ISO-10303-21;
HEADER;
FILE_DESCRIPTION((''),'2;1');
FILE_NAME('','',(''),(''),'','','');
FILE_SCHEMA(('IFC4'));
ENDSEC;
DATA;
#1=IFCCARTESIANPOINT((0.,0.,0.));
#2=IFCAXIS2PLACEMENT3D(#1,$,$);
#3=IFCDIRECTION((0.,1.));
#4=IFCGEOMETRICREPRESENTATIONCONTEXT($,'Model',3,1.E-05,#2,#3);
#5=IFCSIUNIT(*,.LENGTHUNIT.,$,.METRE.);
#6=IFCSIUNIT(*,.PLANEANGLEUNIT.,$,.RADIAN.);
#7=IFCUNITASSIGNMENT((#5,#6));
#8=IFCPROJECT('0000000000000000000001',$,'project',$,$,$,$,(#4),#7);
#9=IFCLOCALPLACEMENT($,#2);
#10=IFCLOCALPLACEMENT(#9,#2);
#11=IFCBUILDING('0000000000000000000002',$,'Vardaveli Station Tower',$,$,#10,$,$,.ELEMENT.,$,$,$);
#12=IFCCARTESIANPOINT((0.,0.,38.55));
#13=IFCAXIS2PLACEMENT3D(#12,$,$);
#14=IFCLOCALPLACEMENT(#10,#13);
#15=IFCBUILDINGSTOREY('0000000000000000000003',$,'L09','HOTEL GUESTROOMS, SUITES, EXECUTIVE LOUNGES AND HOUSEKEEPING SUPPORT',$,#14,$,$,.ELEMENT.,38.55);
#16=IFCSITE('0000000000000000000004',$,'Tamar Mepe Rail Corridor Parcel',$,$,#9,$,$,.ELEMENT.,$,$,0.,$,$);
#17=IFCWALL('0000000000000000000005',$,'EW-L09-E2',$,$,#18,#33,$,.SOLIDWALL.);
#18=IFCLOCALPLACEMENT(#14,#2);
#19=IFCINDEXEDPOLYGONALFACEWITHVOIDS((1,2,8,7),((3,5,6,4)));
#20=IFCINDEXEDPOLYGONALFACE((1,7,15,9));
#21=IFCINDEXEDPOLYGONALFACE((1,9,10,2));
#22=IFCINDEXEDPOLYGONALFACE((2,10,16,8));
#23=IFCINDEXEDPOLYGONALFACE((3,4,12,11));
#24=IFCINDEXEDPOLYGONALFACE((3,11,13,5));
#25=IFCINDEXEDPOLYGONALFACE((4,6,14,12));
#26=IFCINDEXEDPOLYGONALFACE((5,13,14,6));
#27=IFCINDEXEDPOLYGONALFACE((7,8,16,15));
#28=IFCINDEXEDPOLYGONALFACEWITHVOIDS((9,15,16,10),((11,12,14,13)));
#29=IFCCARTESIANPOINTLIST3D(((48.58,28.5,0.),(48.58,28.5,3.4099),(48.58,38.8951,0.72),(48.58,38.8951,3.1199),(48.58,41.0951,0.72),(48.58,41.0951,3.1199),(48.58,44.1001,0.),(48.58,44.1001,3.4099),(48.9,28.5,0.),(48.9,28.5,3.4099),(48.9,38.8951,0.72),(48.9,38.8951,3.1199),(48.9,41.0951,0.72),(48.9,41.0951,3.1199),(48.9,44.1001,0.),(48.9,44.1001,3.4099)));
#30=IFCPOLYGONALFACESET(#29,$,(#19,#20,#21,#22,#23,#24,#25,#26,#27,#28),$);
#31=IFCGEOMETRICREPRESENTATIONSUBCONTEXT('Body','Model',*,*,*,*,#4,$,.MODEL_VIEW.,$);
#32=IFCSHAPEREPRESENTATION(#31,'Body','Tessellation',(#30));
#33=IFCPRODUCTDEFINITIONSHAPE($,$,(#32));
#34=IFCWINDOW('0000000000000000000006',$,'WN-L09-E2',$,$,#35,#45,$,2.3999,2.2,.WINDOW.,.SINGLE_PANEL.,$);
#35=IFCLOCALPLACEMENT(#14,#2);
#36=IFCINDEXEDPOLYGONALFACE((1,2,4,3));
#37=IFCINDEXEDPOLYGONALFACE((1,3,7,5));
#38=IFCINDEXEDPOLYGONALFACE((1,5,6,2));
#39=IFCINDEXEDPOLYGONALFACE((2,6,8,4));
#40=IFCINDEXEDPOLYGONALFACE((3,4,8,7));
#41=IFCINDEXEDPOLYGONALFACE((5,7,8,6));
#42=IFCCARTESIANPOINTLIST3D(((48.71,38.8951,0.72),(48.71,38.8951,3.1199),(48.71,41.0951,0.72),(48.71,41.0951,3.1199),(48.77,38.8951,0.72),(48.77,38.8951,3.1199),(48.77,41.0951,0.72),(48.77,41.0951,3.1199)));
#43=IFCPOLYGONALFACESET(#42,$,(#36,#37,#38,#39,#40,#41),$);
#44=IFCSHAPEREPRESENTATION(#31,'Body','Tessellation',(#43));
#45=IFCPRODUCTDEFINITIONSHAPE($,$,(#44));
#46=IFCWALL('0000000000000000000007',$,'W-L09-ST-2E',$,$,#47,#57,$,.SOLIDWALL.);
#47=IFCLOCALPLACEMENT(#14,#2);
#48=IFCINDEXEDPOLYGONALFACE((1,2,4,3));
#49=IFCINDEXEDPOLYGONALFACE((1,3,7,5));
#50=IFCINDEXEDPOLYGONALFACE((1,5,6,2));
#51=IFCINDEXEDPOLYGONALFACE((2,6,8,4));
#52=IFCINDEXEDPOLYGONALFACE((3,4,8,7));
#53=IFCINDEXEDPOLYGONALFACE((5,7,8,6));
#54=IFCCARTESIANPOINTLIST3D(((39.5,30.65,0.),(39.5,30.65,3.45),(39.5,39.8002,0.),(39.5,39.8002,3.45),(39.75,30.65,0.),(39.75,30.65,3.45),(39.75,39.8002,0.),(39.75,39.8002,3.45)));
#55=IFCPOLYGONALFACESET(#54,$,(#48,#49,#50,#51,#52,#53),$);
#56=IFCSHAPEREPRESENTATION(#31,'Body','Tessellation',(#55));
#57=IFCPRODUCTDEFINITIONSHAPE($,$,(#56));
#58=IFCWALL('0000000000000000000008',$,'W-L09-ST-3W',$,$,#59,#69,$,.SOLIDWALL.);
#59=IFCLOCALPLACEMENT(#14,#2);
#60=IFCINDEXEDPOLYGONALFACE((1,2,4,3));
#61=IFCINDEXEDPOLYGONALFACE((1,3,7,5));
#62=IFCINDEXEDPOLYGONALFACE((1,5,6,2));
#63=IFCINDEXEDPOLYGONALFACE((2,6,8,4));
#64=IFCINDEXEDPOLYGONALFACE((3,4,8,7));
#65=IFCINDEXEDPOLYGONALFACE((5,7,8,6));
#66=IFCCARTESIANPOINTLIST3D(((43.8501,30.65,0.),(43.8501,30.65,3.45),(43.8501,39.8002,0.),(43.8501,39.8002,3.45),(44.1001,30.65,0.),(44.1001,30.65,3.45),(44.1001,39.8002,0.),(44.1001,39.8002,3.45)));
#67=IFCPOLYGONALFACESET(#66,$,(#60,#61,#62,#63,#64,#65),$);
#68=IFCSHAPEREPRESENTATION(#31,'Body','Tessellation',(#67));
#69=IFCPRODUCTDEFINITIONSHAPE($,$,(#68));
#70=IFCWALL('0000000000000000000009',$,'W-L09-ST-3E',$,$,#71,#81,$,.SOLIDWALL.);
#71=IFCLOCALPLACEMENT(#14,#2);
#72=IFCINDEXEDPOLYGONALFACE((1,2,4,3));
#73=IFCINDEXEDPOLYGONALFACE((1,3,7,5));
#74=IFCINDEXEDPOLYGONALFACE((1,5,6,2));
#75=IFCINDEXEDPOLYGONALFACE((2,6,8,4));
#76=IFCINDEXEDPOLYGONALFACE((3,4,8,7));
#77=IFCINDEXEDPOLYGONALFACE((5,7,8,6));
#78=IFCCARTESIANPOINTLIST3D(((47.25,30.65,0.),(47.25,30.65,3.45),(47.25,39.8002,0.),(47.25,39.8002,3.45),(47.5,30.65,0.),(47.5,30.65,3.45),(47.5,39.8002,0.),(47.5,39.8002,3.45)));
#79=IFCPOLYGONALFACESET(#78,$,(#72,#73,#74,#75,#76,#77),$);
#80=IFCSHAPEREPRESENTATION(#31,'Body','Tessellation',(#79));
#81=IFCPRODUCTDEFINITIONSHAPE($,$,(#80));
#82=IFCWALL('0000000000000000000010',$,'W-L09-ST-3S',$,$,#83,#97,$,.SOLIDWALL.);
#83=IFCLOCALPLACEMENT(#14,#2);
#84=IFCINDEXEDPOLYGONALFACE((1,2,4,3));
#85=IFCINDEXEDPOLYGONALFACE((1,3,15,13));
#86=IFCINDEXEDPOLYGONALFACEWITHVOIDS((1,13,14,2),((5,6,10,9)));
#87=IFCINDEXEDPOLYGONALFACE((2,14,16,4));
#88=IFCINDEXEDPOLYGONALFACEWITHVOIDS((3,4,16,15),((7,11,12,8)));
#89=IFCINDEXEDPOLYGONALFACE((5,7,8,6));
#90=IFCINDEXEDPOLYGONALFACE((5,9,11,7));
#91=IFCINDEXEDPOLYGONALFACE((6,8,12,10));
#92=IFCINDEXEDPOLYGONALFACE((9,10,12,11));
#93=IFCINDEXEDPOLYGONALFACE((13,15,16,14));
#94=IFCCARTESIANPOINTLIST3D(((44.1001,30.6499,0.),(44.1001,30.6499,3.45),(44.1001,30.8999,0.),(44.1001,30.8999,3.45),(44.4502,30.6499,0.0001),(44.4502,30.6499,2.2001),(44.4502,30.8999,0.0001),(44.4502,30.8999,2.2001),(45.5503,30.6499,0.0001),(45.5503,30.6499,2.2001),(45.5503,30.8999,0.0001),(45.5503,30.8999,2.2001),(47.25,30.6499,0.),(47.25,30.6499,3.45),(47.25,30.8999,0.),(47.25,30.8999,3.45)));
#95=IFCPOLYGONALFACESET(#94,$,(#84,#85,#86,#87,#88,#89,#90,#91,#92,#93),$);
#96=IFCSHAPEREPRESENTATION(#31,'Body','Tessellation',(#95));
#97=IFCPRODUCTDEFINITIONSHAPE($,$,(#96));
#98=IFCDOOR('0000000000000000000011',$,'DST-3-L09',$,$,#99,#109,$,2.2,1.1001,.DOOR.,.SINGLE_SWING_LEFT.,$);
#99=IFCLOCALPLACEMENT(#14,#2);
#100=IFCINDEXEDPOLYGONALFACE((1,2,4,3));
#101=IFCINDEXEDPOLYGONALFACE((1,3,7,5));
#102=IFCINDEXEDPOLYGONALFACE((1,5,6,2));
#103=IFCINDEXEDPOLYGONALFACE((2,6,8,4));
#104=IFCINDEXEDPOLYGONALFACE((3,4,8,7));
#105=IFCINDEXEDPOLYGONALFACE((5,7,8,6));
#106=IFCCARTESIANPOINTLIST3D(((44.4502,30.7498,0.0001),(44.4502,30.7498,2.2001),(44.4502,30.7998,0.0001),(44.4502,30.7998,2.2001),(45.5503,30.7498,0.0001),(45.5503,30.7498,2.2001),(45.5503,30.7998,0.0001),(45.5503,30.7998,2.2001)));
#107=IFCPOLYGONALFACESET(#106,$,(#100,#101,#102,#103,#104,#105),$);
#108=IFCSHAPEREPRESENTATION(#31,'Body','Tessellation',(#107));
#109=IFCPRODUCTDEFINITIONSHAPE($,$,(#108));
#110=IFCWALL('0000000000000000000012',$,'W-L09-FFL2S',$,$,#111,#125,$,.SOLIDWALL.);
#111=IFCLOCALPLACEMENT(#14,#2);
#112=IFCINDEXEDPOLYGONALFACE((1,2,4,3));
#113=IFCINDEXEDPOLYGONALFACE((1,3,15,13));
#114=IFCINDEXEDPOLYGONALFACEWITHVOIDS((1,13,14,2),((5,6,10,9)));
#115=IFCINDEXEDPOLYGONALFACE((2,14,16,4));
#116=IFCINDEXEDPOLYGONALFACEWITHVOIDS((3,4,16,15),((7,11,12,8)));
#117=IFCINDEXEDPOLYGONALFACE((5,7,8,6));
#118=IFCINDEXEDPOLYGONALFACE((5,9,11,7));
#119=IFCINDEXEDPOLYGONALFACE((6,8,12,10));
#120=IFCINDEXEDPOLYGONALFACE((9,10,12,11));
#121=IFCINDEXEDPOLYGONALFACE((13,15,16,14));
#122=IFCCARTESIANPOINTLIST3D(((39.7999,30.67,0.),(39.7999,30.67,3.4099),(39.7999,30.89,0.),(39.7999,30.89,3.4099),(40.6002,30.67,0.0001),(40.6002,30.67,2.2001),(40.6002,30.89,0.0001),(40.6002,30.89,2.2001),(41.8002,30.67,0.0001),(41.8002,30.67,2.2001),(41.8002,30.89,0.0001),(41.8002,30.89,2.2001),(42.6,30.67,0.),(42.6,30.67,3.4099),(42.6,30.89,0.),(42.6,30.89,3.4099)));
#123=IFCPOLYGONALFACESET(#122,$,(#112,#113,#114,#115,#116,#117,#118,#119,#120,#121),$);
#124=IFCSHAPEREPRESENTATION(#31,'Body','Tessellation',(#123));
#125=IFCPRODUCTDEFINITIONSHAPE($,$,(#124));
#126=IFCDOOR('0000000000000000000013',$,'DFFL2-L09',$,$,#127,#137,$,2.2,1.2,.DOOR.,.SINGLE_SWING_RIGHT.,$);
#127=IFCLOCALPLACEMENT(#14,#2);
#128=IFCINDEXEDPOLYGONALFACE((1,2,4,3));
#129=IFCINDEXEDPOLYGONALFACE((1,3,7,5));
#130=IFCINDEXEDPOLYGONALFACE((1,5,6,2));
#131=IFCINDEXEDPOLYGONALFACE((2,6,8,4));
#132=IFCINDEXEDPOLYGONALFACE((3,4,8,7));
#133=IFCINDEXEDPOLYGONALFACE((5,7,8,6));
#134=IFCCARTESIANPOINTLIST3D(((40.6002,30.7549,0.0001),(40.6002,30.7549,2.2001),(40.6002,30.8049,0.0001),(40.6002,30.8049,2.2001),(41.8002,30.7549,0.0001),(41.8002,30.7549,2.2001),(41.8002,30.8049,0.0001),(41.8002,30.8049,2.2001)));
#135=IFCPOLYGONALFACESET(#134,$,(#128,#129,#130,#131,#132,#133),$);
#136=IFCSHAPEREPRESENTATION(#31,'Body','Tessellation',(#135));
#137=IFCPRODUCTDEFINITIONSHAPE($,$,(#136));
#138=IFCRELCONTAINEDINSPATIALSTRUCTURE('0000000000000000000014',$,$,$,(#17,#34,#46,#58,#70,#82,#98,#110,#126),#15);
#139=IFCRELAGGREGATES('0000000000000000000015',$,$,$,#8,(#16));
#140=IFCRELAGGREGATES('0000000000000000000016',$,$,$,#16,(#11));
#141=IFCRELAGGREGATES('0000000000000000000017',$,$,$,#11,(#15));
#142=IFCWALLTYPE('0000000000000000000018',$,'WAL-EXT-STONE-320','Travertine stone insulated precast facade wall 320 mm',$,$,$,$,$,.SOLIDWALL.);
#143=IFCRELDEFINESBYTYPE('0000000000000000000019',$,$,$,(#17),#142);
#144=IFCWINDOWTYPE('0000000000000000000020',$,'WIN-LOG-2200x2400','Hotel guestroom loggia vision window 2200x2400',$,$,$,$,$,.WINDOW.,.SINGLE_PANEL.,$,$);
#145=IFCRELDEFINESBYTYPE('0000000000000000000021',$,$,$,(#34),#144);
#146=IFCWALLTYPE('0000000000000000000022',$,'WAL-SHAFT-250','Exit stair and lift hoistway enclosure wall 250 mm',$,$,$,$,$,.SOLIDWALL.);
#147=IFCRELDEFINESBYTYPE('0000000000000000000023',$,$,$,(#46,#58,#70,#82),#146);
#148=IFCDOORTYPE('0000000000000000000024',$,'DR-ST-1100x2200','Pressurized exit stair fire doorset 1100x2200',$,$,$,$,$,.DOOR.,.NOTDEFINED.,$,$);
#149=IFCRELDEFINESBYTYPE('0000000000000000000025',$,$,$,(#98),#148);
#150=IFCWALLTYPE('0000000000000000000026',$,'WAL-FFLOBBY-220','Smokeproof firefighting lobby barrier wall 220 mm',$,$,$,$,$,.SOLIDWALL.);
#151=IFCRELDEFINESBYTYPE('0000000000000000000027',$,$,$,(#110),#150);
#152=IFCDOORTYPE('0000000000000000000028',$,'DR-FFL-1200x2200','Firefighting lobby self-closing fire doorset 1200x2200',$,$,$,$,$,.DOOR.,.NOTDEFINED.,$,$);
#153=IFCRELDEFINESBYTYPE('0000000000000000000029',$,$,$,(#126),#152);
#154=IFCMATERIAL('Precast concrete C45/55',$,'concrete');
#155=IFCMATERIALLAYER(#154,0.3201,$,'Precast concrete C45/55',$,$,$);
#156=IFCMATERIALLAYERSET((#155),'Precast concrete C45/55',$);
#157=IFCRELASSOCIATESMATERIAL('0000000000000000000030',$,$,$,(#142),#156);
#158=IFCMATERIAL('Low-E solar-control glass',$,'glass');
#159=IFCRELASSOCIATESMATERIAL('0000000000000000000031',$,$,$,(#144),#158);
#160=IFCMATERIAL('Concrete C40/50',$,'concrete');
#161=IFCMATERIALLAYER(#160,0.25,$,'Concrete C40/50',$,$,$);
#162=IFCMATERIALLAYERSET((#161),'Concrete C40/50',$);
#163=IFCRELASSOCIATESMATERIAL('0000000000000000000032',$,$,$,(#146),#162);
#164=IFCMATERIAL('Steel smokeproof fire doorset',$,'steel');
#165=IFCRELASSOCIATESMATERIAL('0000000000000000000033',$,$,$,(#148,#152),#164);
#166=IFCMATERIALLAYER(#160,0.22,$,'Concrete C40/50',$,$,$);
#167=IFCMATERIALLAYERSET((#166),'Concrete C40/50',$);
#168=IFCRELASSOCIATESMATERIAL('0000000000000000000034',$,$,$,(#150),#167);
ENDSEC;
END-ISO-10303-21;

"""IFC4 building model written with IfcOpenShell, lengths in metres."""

from ifc_helpers import new_model, si_unit, direction, frame, frame_2d, origin, place, context, subcontext, project, spatial, rectangle, extrude, source, transform, mapped, material, layer, layer_set, type_object, element, fill, save


model = new_model("IFC4")

# Units and contexts
model_context = context("Model", 3, precision=1e-05, world=origin(), true_north=direction((0.0, 1.0)))
body_context = subcontext(model_context, "Body", "Model", "MODEL_VIEW")
ifc_project = project(units=[si_unit("LENGTHUNIT", "METRE"), si_unit("PLANEANGLEUNIT", "RADIAN")], contexts=[model_context])

# Site, building, storey
site_placement = place(None, origin())
site = spatial("IfcSite", under=ifc_project, at=site_placement, Name="Tamar Mepe Rail Corridor Parcel", CompositionType="ELEMENT", RefElevation=0.0)
building_placement = place(site_placement, origin())
building = spatial("IfcBuilding", under=site, at=building_placement, Name="Vardaveli Station Tower", CompositionType="ELEMENT")
storey_placement = place(building_placement, frame((0.0, 0.0, 38.55)))
storey = spatial("IfcBuildingStorey", under=building, at=storey_placement, Name="L09", Description="HOTEL GUESTROOMS, SUITES, EXECUTIVE LOUNGES AND HOUSEKEEPING SUPPORT", CompositionType="ELEMENT", Elevation=38.55)

# Shared definitions
ifc_material_1 = material(Name="Precast concrete C45/55", Category="concrete")

# Wall, opening, window
ifc_layer_1 = layer(ifc_material_1, 0.3201, Name="Precast concrete C45/55")
ifc_layer_set_1 = layer_set([ifc_layer_1], Name="Precast concrete C45/55")
wall_type_1 = type_object("IfcWallType", Name="WAL-EXT-STONE-320", Description="Travertine stone insulated precast facade wall 320 mm", PredefinedType="SOLIDWALL", material=ifc_layer_set_1)
shared_shape_1 = source(origin(), body_context, "Body", "SweptSolid", [
    extrude(rectangle(XDim=15.6001, YDim=0.3201, at=frame_2d((7.8, 0.0))), origin(), (0.0, 0.0, 1.0), 3.4099),
])
wall_1_placement = place(storey_placement, frame((48.74, 28.5, 0.0), z_axis=(0.0, 0.0, 1.0), x_axis=(0.0, 1.0, 0.0)))
wall_1 = element("IfcWall", 1, at=wall_1_placement, inside=storey, type_object=wall_type_1, Name="EW-L09-E2", PredefinedType="SOLIDWALL", context=body_context, shape_type="MappedRepresentation", body=[
    mapped(shared_shape_1, transform((0.0, 0.0, 0.0), scale=1.0)),
])
shared_shape_2 = source(origin(), body_context, "Body", "SweptSolid", [
    extrude(rectangle(XDim=2.2, YDim=2.3999, at=frame_2d((1.1001, 1.2))), frame((0.0, 0.1699, 0.0), z_axis=(0.0, -1.0, 0.0), x_axis=(1.0, 0.0, 0.0)), (0.0, 0.0, 1.0), 0.3401),
])
opening_1_placement = place(wall_1_placement, frame((10.395, 0.0, 0.72)))
opening_1 = element("IfcOpeningElement", 2, at=opening_1_placement, cuts=wall_1, PredefinedType="OPENING", context=body_context, shape_type="MappedRepresentation", body=[
    mapped(shared_shape_2, transform((0.0, 0.0, 0.0), scale=1.0)),
])
ifc_material_2 = material(Name="Low-E solar-control glass", Category="glass")
window_type = type_object("IfcWindowType", Name="WIN-LOG-2200x2400", Description="Hotel guestroom loggia vision window 2200x2400", PartitioningType="SINGLE_PANEL", PredefinedType="WINDOW", material=ifc_material_2)
shared_shape_3 = source(origin(), body_context, "Body", "SweptSolid", [
    extrude(rectangle(XDim=2.2, YDim=2.3999, at=frame_2d((1.1001, 1.2))), frame((0.0, 0.03, 0.0), z_axis=(0.0, -1.0, 0.0), x_axis=(1.0, 0.0, 0.0)), (0.0, 0.0, 1.0), 0.0601),
])
window_placement = place(opening_1_placement, origin())
window = element("IfcWindow", 3, at=window_placement, inside=storey, type_object=window_type, Name="WN-L09-E2", OverallHeight=2.3999, OverallWidth=2.2, PartitioningType="SINGLE_PANEL", PredefinedType="WINDOW", context=body_context, shape_type="MappedRepresentation", body=[
    mapped(shared_shape_3, transform((0.0, 0.0, 0.0), scale=1.0)),
])
fill(opening_1, window)

# Walls
ifc_material_3 = material(Name="Concrete C40/50", Category="concrete")
ifc_layer_2 = layer(ifc_material_3, 0.25, Name="Concrete C40/50")
ifc_layer_set_2 = layer_set([ifc_layer_2], Name="Concrete C40/50")
wall_type_2 = type_object("IfcWallType", Name="WAL-SHAFT-250", Description="Exit stair and lift hoistway enclosure wall 250 mm", PredefinedType="SOLIDWALL", material=ifc_layer_set_2)
shared_shape_4 = source(origin(), body_context, "Body", "SweptSolid", [
    extrude(rectangle(XDim=9.1501, YDim=0.25, at=frame_2d((4.5752, 0.0))), origin(), (0.0, 0.0, 1.0), 3.45),
])
for number, where, z_axis, x_axis, name in (
    (4, (39.625, 30.6499, 0.0), (0.0, 0.0, 1.0), (0.0, 1.0, 0.0), "W-L09-ST-2E"),
    (5, (43.9751, 30.6499, 0.0), (0.0, 0.0, 1.0), (0.0, 1.0, 0.0), "W-L09-ST-3W"),
    (6, (47.375, 30.6499, 0.0), (0.0, 0.0, 1.0), (0.0, 1.0, 0.0), "W-L09-ST-3E"),
):
    element("IfcWall", number, at=place(storey_placement, frame(where, z_axis=z_axis, x_axis=x_axis)), inside=storey, type_object=wall_type_2, Name=name, PredefinedType="SOLIDWALL", context=body_context, shape_type="MappedRepresentation", body=[
        mapped(shared_shape_4, transform((0.0, 0.0, 0.0), scale=1.0)),
    ])

# Walls, openings, doors
shared_shape_5 = source(origin(), body_context, "Body", "SweptSolid", [
    extrude(rectangle(XDim=3.1499, YDim=0.25, at=frame_2d((1.575, 0.0))), origin(), (0.0, 0.0, 1.0), 3.45),
])
wall_2_placement = place(storey_placement, frame((44.1001, 30.7749, 0.0), z_axis=(0.0, 0.0, 1.0), x_axis=(1.0, 0.0, 0.0)))
wall_2 = element("IfcWall", 7, at=wall_2_placement, inside=storey, type_object=wall_type_2, Name="W-L09-ST-3S", PredefinedType="SOLIDWALL", context=body_context, shape_type="MappedRepresentation", body=[
    mapped(shared_shape_5, transform((0.0, 0.0, 0.0), scale=1.0)),
])
shared_shape_6 = source(origin(), body_context, "Body", "SweptSolid", [
    extrude(rectangle(XDim=1.1001, YDim=2.2, at=frame_2d((0.55, 1.1001))), frame((0.0, 0.135, 0.0), z_axis=(0.0, -1.0, 0.0), x_axis=(1.0, 0.0, 0.0)), (0.0, 0.0, 1.0), 0.27),
])
opening_2_placement = place(wall_2_placement, frame((0.3501, 0.0, 0.0)))
opening_2 = element("IfcOpeningElement", 8, at=opening_2_placement, cuts=wall_2, PredefinedType="OPENING", context=body_context, shape_type="MappedRepresentation", body=[
    mapped(shared_shape_6, transform((0.0, 0.0, 0.0), scale=1.0)),
])
ifc_material_4 = material(Name="Steel smokeproof fire doorset", Category="steel")
door_type_1 = type_object("IfcDoorType", Name="DR-ST-1100x2200", Description="Pressurized exit stair fire doorset 1100x2200", OperationType="NOTDEFINED", PredefinedType="DOOR", material=ifc_material_4)
shared_shape_7 = source(origin(), body_context, "Body", "SweptSolid", [
    extrude(rectangle(XDim=1.1001, YDim=2.2, at=frame_2d((0.55, 1.1001))), frame((0.0, 0.0249, 0.0), z_axis=(0.0, -1.0, 0.0), x_axis=(1.0, 0.0, 0.0)), (0.0, 0.0, 1.0), 0.05),
])
door_1_placement = place(opening_2_placement, origin())
door_1 = element("IfcDoor", 9, at=door_1_placement, inside=storey, type_object=door_type_1, Name="DST-3-L09", OperationType="SINGLE_SWING_LEFT", OverallHeight=2.2, OverallWidth=1.1001, PredefinedType="DOOR", context=body_context, shape_type="MappedRepresentation", body=[
    mapped(shared_shape_7, transform((0.0, 0.0, 0.0), scale=1.0)),
])
fill(opening_2, door_1)
ifc_layer_3 = layer(ifc_material_3, 0.22, Name="Concrete C40/50")
ifc_layer_set_3 = layer_set([ifc_layer_3], Name="Concrete C40/50")
wall_type_3 = type_object("IfcWallType", Name="WAL-FFLOBBY-220", Description="Smokeproof firefighting lobby barrier wall 220 mm", PredefinedType="SOLIDWALL", material=ifc_layer_set_3)
shared_shape_8 = source(origin(), body_context, "Body", "SweptSolid", [
    extrude(rectangle(XDim=2.8, YDim=0.22, at=frame_2d((1.3999, 0.0))), origin(), (0.0, 0.0, 1.0), 3.4099),
])
wall_3_placement = place(storey_placement, frame((39.8, 30.78, 0.0), z_axis=(0.0, 0.0, 1.0), x_axis=(1.0, 0.0, 0.0)))
wall_3 = element("IfcWall", 10, at=wall_3_placement, inside=storey, type_object=wall_type_3, Name="W-L09-FFL2S", PredefinedType="SOLIDWALL", context=body_context, shape_type="MappedRepresentation", body=[
    mapped(shared_shape_8, transform((0.0, 0.0, 0.0), scale=1.0)),
])
shared_shape_9 = source(origin(), body_context, "Body", "SweptSolid", [
    extrude(rectangle(XDim=1.2, YDim=2.2, at=frame_2d((0.6001, 1.1001))), frame((0.0, 0.1201, 0.0), z_axis=(0.0, -1.0, 0.0), x_axis=(1.0, 0.0, 0.0)), (0.0, 0.0, 1.0), 0.24),
])
opening_3_placement = place(wall_3_placement, frame((0.8, 0.0, 0.0)))
opening_3 = element("IfcOpeningElement", 11, at=opening_3_placement, cuts=wall_3, PredefinedType="OPENING", context=body_context, shape_type="MappedRepresentation", body=[
    mapped(shared_shape_9, transform((0.0, 0.0, 0.0), scale=1.0)),
])
door_type_2 = type_object("IfcDoorType", Name="DR-FFL-1200x2200", Description="Firefighting lobby self-closing fire doorset 1200x2200", OperationType="NOTDEFINED", PredefinedType="DOOR", material=ifc_material_4)
shared_shape_10 = source(origin(), body_context, "Body", "SweptSolid", [
    extrude(rectangle(XDim=1.2, YDim=2.2, at=frame_2d((0.6001, 1.1001))), frame((0.0, 0.0249, 0.0), z_axis=(0.0, -1.0, 0.0), x_axis=(1.0, 0.0, 0.0)), (0.0, 0.0, 1.0), 0.05),
])
door_2_placement = place(opening_3_placement, origin())
door_2 = element("IfcDoor", 12, at=door_2_placement, inside=storey, type_object=door_type_2, Name="DFFL2-L09", OperationType="SINGLE_SWING_RIGHT", OverallHeight=2.2, OverallWidth=1.2, PredefinedType="DOOR", context=body_context, shape_type="MappedRepresentation", body=[
    mapped(shared_shape_10, transform((0.0, 0.0, 0.0), scale=1.0)),
])
fill(opening_3, door_2)

save(model, "model.ifc")
